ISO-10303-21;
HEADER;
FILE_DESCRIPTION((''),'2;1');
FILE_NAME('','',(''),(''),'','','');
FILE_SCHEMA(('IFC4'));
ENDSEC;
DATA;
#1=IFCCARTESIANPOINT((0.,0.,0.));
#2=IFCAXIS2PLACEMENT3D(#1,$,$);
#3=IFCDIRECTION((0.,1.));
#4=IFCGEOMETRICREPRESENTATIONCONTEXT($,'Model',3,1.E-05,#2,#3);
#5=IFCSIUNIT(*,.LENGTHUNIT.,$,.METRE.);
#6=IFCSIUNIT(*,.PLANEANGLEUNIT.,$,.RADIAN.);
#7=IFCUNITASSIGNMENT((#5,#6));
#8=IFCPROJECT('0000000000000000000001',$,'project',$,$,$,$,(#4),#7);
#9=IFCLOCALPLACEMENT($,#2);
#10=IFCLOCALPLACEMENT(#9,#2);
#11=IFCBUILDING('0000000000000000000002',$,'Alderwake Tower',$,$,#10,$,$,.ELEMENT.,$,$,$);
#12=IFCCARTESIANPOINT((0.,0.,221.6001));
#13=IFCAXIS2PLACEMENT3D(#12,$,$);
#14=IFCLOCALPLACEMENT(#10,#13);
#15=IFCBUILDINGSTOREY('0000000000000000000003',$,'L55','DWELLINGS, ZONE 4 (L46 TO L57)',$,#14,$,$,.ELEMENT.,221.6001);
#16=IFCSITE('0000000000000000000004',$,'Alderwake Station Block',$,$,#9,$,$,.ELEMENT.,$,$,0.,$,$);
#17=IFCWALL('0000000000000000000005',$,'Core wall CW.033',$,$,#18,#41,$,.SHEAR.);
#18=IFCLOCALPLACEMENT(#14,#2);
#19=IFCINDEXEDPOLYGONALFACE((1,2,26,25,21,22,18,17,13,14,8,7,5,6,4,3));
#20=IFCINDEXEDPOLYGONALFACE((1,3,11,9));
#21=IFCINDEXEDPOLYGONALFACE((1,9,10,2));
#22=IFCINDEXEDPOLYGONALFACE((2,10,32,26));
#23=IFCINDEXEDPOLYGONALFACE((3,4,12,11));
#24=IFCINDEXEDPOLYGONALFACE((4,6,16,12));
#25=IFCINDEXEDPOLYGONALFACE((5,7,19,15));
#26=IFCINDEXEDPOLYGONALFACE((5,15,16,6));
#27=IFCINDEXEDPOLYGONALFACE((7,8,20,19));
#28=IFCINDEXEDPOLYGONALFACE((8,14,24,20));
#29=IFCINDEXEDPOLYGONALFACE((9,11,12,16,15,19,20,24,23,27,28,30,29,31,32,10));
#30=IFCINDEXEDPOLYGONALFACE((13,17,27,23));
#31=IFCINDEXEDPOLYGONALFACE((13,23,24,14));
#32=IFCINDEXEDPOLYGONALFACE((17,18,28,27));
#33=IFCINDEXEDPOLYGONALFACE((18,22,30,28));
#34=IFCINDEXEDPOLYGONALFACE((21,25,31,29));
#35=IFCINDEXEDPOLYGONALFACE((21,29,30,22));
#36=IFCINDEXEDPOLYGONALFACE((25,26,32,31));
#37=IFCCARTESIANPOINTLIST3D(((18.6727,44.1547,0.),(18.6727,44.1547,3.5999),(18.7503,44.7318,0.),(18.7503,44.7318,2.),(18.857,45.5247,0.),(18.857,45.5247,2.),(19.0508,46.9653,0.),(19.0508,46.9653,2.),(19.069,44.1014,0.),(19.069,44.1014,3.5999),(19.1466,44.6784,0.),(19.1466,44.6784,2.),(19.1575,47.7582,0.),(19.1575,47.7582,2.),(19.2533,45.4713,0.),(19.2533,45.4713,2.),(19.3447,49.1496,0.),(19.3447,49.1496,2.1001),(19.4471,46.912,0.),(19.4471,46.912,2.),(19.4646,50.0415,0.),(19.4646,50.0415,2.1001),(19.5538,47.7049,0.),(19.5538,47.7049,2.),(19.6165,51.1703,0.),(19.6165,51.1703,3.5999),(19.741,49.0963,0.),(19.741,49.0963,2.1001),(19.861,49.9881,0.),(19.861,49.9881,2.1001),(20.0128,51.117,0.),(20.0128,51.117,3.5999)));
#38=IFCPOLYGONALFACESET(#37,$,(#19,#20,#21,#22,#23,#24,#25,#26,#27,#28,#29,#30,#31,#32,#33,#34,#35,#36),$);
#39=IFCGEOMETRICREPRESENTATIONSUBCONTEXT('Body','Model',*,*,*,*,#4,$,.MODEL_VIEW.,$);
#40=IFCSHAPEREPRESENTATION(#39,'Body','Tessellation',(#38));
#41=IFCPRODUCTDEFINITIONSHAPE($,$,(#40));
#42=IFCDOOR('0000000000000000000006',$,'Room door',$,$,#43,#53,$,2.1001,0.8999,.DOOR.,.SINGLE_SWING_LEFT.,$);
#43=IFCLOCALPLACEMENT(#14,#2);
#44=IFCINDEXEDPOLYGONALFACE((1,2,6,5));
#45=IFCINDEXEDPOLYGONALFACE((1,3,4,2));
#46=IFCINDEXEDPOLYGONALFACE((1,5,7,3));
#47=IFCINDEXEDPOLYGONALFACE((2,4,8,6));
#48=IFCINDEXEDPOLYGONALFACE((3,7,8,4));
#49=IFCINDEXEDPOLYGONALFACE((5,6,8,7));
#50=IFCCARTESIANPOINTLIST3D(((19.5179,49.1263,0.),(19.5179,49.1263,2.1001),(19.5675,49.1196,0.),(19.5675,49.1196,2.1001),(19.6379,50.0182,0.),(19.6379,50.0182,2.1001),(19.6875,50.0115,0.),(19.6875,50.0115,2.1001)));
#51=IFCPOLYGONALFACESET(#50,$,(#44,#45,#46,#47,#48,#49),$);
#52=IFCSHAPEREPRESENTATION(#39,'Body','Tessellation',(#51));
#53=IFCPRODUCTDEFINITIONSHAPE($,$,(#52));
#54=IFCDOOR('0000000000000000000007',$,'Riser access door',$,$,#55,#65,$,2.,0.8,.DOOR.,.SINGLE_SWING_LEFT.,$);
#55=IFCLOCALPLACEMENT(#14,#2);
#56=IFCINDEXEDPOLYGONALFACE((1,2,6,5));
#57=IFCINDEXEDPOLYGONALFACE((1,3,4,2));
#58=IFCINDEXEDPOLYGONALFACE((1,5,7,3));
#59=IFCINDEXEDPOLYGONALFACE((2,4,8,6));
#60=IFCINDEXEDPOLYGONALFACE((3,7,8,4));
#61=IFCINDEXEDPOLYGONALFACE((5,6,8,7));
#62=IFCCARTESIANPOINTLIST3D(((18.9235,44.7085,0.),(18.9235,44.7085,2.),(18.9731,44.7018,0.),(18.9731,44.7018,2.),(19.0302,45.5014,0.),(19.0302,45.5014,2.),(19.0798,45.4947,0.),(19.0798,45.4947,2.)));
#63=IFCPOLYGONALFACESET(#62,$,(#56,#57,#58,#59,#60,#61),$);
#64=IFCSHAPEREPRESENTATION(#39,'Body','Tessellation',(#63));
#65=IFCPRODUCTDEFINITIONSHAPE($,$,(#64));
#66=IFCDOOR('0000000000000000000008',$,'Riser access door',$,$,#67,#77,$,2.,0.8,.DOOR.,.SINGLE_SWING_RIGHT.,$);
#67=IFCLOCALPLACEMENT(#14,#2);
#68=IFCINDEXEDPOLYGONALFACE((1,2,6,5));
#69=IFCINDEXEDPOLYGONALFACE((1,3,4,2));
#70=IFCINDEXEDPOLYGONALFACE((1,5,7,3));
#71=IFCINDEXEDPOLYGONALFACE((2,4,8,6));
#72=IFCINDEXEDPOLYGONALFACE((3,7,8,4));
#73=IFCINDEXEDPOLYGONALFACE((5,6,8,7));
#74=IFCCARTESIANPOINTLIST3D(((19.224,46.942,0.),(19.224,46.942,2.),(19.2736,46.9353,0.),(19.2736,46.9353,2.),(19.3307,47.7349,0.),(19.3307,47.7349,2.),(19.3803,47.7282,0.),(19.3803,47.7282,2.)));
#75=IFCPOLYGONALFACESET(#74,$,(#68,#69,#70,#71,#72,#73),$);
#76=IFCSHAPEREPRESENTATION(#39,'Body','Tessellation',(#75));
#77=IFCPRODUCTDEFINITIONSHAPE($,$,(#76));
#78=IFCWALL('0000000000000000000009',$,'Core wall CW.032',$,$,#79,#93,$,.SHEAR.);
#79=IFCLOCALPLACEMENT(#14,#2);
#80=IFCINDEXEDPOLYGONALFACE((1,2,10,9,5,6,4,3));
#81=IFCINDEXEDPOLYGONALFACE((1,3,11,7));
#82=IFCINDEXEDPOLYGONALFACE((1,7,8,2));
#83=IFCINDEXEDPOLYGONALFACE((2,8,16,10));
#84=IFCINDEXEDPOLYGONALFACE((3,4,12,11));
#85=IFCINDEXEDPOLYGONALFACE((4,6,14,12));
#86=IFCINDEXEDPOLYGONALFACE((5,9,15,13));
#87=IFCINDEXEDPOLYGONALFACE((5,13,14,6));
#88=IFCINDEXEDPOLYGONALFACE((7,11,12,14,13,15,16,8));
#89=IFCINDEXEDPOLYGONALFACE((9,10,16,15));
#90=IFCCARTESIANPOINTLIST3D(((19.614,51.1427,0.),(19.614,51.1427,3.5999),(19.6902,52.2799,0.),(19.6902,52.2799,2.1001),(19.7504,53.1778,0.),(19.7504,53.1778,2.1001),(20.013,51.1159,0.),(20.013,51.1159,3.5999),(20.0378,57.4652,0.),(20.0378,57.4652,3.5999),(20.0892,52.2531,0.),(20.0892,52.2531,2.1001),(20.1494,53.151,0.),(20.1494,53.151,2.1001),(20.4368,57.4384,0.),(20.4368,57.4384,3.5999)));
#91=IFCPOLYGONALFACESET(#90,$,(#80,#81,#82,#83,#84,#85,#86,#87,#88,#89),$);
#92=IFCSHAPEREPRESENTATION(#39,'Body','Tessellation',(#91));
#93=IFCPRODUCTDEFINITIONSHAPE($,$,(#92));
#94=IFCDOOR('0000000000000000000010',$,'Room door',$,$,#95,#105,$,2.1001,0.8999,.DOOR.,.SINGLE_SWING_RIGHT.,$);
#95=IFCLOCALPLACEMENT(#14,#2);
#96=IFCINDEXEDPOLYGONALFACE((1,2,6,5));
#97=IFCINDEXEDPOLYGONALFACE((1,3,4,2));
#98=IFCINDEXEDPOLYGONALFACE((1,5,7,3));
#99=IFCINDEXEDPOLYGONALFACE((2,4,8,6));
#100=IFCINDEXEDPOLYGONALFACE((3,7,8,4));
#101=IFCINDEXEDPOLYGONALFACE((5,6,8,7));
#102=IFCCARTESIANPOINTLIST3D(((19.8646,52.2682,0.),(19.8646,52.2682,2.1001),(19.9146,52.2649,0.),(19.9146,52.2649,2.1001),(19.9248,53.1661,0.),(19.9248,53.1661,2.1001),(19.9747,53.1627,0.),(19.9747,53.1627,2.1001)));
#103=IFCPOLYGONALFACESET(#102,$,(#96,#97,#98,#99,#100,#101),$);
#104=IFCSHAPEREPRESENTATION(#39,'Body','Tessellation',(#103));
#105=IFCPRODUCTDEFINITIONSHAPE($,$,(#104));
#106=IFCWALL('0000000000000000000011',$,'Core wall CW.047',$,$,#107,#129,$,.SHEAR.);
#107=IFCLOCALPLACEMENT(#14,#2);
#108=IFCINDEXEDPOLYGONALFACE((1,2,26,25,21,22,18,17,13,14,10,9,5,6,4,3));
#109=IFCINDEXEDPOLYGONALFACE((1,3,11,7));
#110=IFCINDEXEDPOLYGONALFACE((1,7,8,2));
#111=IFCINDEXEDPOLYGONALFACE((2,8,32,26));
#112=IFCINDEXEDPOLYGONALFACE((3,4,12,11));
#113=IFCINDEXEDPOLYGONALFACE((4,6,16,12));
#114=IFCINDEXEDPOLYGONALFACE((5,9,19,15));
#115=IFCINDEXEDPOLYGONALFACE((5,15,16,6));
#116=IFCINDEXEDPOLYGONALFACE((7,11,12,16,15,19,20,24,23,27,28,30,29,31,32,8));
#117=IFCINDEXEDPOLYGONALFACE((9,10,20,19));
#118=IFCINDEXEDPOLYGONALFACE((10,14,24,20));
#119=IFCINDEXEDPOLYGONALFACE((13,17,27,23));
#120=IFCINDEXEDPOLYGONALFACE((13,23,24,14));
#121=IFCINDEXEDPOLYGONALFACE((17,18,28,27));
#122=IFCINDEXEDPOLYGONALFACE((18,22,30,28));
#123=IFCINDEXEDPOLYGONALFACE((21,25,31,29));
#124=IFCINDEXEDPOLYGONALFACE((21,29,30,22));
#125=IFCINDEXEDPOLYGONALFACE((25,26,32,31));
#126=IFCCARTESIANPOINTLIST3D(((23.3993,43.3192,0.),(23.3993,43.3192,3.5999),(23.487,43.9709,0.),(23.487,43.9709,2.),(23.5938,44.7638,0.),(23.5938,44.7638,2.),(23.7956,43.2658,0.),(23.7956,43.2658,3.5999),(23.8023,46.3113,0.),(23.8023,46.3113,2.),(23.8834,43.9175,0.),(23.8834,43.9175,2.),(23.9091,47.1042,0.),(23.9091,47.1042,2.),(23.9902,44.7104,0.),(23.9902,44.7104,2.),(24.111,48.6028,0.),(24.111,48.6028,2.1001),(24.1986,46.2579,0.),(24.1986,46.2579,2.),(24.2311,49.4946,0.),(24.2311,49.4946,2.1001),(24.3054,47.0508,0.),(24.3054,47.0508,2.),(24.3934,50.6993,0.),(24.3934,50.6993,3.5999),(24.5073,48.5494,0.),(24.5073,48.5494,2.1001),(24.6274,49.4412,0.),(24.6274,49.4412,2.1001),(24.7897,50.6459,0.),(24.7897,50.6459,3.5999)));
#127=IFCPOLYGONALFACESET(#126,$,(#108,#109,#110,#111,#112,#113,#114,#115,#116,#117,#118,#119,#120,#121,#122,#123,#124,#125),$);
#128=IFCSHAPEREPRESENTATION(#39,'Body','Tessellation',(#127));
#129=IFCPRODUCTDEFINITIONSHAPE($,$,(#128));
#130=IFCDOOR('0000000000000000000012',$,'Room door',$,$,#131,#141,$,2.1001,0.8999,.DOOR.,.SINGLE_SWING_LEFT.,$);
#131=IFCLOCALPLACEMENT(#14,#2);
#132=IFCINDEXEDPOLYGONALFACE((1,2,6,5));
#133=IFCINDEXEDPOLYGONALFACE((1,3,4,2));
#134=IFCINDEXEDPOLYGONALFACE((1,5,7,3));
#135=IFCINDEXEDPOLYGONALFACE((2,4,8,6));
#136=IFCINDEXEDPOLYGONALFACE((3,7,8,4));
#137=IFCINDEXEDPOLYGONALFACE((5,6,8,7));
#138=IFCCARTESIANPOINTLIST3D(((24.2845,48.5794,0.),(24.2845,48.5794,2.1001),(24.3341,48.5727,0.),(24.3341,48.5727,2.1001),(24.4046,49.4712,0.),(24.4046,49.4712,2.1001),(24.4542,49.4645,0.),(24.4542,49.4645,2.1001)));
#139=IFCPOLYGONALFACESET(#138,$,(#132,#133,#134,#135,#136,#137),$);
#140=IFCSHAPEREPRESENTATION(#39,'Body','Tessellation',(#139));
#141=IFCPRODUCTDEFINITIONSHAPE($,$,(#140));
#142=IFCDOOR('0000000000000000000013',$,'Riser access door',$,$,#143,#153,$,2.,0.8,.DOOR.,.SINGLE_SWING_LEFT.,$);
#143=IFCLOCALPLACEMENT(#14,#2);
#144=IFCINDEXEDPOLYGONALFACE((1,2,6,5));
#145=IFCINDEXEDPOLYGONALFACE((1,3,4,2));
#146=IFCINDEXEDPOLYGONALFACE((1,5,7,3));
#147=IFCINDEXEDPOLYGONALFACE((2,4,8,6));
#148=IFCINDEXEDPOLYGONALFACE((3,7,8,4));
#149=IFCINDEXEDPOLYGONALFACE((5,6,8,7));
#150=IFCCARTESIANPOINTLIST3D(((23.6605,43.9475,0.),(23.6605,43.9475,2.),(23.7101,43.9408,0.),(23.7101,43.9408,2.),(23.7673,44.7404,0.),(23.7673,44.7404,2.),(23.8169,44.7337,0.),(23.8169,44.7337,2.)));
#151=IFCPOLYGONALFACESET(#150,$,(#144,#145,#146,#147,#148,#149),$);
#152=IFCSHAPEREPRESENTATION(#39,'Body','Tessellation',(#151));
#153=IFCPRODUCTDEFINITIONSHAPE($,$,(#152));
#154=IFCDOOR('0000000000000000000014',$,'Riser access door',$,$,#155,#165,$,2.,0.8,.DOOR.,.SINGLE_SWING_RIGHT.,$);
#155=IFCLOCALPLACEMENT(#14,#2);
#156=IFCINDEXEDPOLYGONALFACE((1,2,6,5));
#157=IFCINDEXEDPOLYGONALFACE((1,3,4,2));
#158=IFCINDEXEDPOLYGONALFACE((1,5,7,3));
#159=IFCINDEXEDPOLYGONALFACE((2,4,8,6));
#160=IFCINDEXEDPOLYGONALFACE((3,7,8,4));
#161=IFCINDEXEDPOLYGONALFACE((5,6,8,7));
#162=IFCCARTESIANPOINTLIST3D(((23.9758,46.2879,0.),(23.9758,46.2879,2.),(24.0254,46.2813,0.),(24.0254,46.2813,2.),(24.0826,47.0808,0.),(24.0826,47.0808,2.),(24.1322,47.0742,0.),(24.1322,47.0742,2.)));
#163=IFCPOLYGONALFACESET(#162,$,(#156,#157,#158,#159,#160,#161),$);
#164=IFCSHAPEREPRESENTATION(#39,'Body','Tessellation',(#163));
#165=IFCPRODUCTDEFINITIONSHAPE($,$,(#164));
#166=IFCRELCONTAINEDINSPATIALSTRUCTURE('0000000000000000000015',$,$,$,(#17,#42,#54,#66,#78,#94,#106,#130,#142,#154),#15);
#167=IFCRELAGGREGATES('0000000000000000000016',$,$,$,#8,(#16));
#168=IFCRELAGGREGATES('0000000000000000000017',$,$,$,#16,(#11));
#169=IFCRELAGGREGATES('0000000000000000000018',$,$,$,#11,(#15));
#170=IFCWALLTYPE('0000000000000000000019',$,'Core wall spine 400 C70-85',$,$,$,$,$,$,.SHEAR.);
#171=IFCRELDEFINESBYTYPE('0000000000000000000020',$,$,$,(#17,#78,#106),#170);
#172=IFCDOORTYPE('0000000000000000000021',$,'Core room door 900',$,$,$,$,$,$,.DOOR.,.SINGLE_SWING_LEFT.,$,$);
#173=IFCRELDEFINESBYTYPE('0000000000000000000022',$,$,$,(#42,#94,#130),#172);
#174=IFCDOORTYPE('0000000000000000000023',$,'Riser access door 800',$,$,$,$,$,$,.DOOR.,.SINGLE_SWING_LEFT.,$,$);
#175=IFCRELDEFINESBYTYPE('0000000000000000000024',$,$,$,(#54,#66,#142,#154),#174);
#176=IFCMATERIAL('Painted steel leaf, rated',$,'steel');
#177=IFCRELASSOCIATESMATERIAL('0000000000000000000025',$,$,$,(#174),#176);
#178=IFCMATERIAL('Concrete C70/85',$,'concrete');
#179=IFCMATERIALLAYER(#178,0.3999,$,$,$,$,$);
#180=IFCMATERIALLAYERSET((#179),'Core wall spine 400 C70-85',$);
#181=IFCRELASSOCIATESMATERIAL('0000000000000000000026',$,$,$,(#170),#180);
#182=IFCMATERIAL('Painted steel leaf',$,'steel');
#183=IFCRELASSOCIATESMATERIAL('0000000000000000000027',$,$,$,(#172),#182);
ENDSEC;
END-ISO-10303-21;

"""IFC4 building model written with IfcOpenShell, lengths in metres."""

from ifc_helpers import new_model, si_unit, direction, frame, frame_2d, origin, place, context, subcontext, project, spatial, rectangle, extrude, material, layer, layer_set, type_object, element, fill, save


model = new_model("IFC4")

# Units and contexts
model_context = context("Model", 3, precision=1e-05, world=origin(), true_north=direction((0.0, 1.0)))
body_context = subcontext(model_context, "Body", "Model", "MODEL_VIEW")
ifc_project = project(units=[si_unit("LENGTHUNIT", "METRE"), si_unit("PLANEANGLEUNIT", "RADIAN")], contexts=[model_context])

# Site, building, storey
site_placement = place(None, origin())
site = spatial("IfcSite", under=ifc_project, at=site_placement, Name="Alderwake Station Block", CompositionType="ELEMENT", RefElevation=0.0)
building_placement = place(site_placement, origin())
building = spatial("IfcBuilding", under=site, at=building_placement, Name="Alderwake Tower", CompositionType="ELEMENT")
storey_placement = place(building_placement, frame((0.0, 0.0, 221.6001)))
storey = spatial("IfcBuildingStorey", under=building, at=storey_placement, Name="L55", Description="DWELLINGS, ZONE 4 (L46 TO L57)", CompositionType="ELEMENT", Elevation=221.6001)

# Shared definitions
ifc_material_1 = material(Name="Painted steel leaf, rated", Category="steel")
door_type_1 = type_object("IfcDoorType", Name="Riser access door 800", OperationType="SINGLE_SWING_LEFT", PredefinedType="DOOR", material=ifc_material_1)

# Wall, openings, doors
ifc_material_2 = material(Name="Concrete C70/85", Category="concrete")
ifc_layer_1 = layer(ifc_material_2, 0.3999)
ifc_layer_set_1 = layer_set([ifc_layer_1], Name="Core wall spine 400 C70-85")
wall_type_1 = type_object("IfcWallType", Name="Core wall spine 400 C70-85", PredefinedType="SHEAR", material=ifc_layer_set_1)
wall_1_placement = place(storey_placement, frame((19.8147, 51.1438, 0.0), z_axis=(0.0, 0.0, 1.0), x_axis=(-0.133334, -0.991071, 0.0)))
wall_1 = element("IfcWall", 1, at=wall_1_placement, inside=storey, type_object=wall_type_1, Name="Core wall CW.033", PredefinedType="SHEAR", context=body_context, shape_type="SweptSolid", body=[
    extrude(rectangle(XDim=7.0789, YDim=0.3999, at=frame_2d((3.5396, 0.0))), origin(), (0.0, 0.0, 1.0), 3.5999),
])
opening_1_placement = place(wall_1_placement, frame((5.6968, 0.0, 0.0)))
opening_1 = element("IfcOpeningElement", 2, at=opening_1_placement, cuts=wall_1, PredefinedType="OPENING", context=body_context, shape_type="SweptSolid", body=[
    extrude(rectangle(XDim=0.8, YDim=2.0, at=frame_2d((0.3999, 1.0))), frame((0.0, 0.21, 0.0), z_axis=(0.0, -1.0, 0.0), x_axis=(1.0, 0.0, 0.0)), (0.0, 0.0, 1.0), 0.4199),
])
opening_2_placement = place(wall_1_placement, frame((3.4431, 0.0, 0.0)))
opening_2 = element("IfcOpeningElement", 3, at=opening_2_placement, cuts=wall_1, PredefinedType="OPENING", context=body_context, shape_type="SweptSolid", body=[
    extrude(rectangle(XDim=0.8, YDim=2.0, at=frame_2d((0.3999, 1.0))), frame((0.0, 0.21, 0.0), z_axis=(0.0, -1.0, 0.0), x_axis=(1.0, 0.0, 0.0)), (0.0, 0.0, 1.0), 0.4199),
])
opening_3_placement = place(wall_1_placement, frame((1.1392, 0.0, 0.0)))
opening_3 = element("IfcOpeningElement", 4, at=opening_3_placement, cuts=wall_1, PredefinedType="OPENING", context=body_context, shape_type="SweptSolid", body=[
    extrude(rectangle(XDim=0.8999, YDim=2.1001, at=frame_2d((0.45, 1.05))), frame((0.0, 0.21, 0.0), z_axis=(0.0, -1.0, 0.0), x_axis=(1.0, 0.0, 0.0)), (0.0, 0.0, 1.0), 0.4199),
])
ifc_material_3 = material(Name="Painted steel leaf", Category="steel")
door_type_2 = type_object("IfcDoorType", Name="Core room door 900", OperationType="SINGLE_SWING_LEFT", PredefinedType="DOOR", material=ifc_material_3)
door_1_placement = place(opening_3_placement, origin())
door_1 = element("IfcDoor", 5, at=door_1_placement, inside=storey, type_object=door_type_2, Name="Room door", OperationType="SINGLE_SWING_LEFT", OverallHeight=2.1001, OverallWidth=0.8999, PredefinedType="DOOR", context=body_context, shape_type="SweptSolid", body=[
    extrude(rectangle(XDim=0.8999, YDim=2.1001, at=frame_2d((0.45, 1.05))), frame((0.0, 0.0249, 0.0), z_axis=(0.0, -1.0, 0.0), x_axis=(1.0, 0.0, 0.0)), (0.0, 0.0, 1.0), 0.05),
])
fill(opening_3, door_1)
door_2_placement = place(opening_1_placement, origin())
door_2 = element("IfcDoor", 6, at=door_2_placement, inside=storey, type_object=door_type_1, Name="Riser access door", OperationType="SINGLE_SWING_LEFT", OverallHeight=2.0, OverallWidth=0.8, PredefinedType="DOOR", context=body_context, shape_type="SweptSolid", body=[
    extrude(rectangle(XDim=0.8, YDim=2.0, at=frame_2d((0.3999, 1.0))), frame((0.0, 0.0249, 0.0), z_axis=(0.0, -1.0, 0.0), x_axis=(1.0, 0.0, 0.0)), (0.0, 0.0, 1.0), 0.05),
])
fill(opening_1, door_2)
door_3_placement = place(opening_2_placement, origin())
door_3 = element("IfcDoor", 7, at=door_3_placement, inside=storey, type_object=door_type_1, Name="Riser access door", OperationType="SINGLE_SWING_RIGHT", OverallHeight=2.0, OverallWidth=0.8, PredefinedType="DOOR", context=body_context, shape_type="SweptSolid", body=[
    extrude(rectangle(XDim=0.8, YDim=2.0, at=frame_2d((0.3999, 1.0))), frame((0.0, 0.0249, 0.0), z_axis=(0.0, -1.0, 0.0), x_axis=(1.0, 0.0, 0.0)), (0.0, 0.0, 1.0), 0.05),
])
fill(opening_2, door_3)

# Wall, opening, door
wall_2_placement = place(storey_placement, frame((20.2373, 57.4519, 0.0), z_axis=(0.0, 0.0, 1.0), x_axis=(-0.066885, -0.997761, 0.0)))
wall_2 = element("IfcWall", 8, at=wall_2_placement, inside=storey, type_object=wall_type_1, Name="Core wall CW.032", PredefinedType="SHEAR", context=body_context, shape_type="SweptSolid", body=[
    extrude(rectangle(XDim=6.3367, YDim=0.3999, at=frame_2d((3.1685, 0.0))), origin(), (0.0, 0.0, 1.0), 3.5999),
])
opening_4_placement = place(wall_2_placement, frame((4.2971, 0.0, 0.0)))
opening_4 = element("IfcOpeningElement", 9, at=opening_4_placement, cuts=wall_2, PredefinedType="OPENING", context=body_context, shape_type="SweptSolid", body=[
    extrude(rectangle(XDim=0.8999, YDim=2.1001, at=frame_2d((0.45, 1.05))), frame((0.0, 0.21, 0.0), z_axis=(0.0, -1.0, 0.0), x_axis=(1.0, 0.0, 0.0)), (0.0, 0.0, 1.0), 0.4199),
])
door_4_placement = place(opening_4_placement, origin())
door_4 = element("IfcDoor", 10, at=door_4_placement, inside=storey, type_object=door_type_2, Name="Room door", OperationType="SINGLE_SWING_RIGHT", OverallHeight=2.1001, OverallWidth=0.8999, PredefinedType="DOOR", context=body_context, shape_type="SweptSolid", body=[
    extrude(rectangle(XDim=0.8999, YDim=2.1001, at=frame_2d((0.45, 1.05))), frame((0.0, 0.0249, 0.0), z_axis=(0.0, -1.0, 0.0), x_axis=(1.0, 0.0, 0.0)), (0.0, 0.0, 1.0), 0.05),
])
fill(opening_4, door_4)

# Wall, openings, doors
wall_3_placement = place(storey_placement, frame((23.5974, 43.2925, 0.0), z_axis=(0.0, 0.0, 1.0), x_axis=(0.133499, 0.991049, 0.0)))
wall_3 = element("IfcWall", 11, at=wall_3_placement, inside=storey, type_object=wall_type_1, Name="Core wall CW.047", PredefinedType="SHEAR", context=body_context, shape_type="SweptSolid", body=[
    extrude(rectangle(XDim=7.4468, YDim=0.3999, at=frame_2d((3.7234, 0.0))), origin(), (0.0, 0.0, 1.0), 3.5999),
])
opening_5_placement = place(wall_3_placement, frame((0.6577, 0.0, 0.0)))
opening_5 = element("IfcOpeningElement", 12, at=opening_5_placement, cuts=wall_3, PredefinedType="OPENING", context=body_context, shape_type="SweptSolid", body=[
    extrude(rectangle(XDim=0.8, YDim=2.0, at=frame_2d((0.3999, 1.0))), frame((0.0, 0.21, 0.0), z_axis=(0.0, -1.0, 0.0), x_axis=(1.0, 0.0, 0.0)), (0.0, 0.0, 1.0), 0.4199),
])
opening_6_placement = place(wall_3_placement, frame((3.0193, 0.0, 0.0)))
opening_6 = element("IfcOpeningElement", 13, at=opening_6_placement, cuts=wall_3, PredefinedType="OPENING", context=body_context, shape_type="SweptSolid", body=[
    extrude(rectangle(XDim=0.8, YDim=2.0, at=frame_2d((0.3999, 1.0))), frame((0.0, 0.21, 0.0), z_axis=(0.0, -1.0, 0.0), x_axis=(1.0, 0.0, 0.0)), (0.0, 0.0, 1.0), 0.4199),
])
opening_7_placement = place(wall_3_placement, frame((5.3313, 0.0, 0.0)))
opening_7 = element("IfcOpeningElement", 14, at=opening_7_placement, cuts=wall_3, PredefinedType="OPENING", context=body_context, shape_type="SweptSolid", body=[
    extrude(rectangle(XDim=0.8999, YDim=2.1001, at=frame_2d((0.45, 1.05))), frame((0.0, 0.21, 0.0), z_axis=(0.0, -1.0, 0.0), x_axis=(1.0, 0.0, 0.0)), (0.0, 0.0, 1.0), 0.4199),
])
door_5_placement = place(opening_7_placement, origin())
door_5 = element("IfcDoor", 15, at=door_5_placement, inside=storey, type_object=door_type_2, Name="Room door", OperationType="SINGLE_SWING_LEFT", OverallHeight=2.1001, OverallWidth=0.8999, PredefinedType="DOOR", context=body_context, shape_type="SweptSolid", body=[
    extrude(rectangle(XDim=0.8999, YDim=2.1001, at=frame_2d((0.45, 1.05))), frame((0.0, 0.0249, 0.0), z_axis=(0.0, -1.0, 0.0), x_axis=(1.0, 0.0, 0.0)), (0.0, 0.0, 1.0), 0.05),
])
fill(opening_7, door_5)
door_6_placement = place(opening_5_placement, origin())
door_6 = element("IfcDoor", 16, at=door_6_placement, inside=storey, type_object=door_type_1, Name="Riser access door", OperationType="SINGLE_SWING_LEFT", OverallHeight=2.0, OverallWidth=0.8, PredefinedType="DOOR", context=body_context, shape_type="SweptSolid", body=[
    extrude(rectangle(XDim=0.8, YDim=2.0, at=frame_2d((0.3999, 1.0))), frame((0.0, 0.0249, 0.0), z_axis=(0.0, -1.0, 0.0), x_axis=(1.0, 0.0, 0.0)), (0.0, 0.0, 1.0), 0.05),
])
fill(opening_5, door_6)
door_7_placement = place(opening_6_placement, origin())
door_7 = element("IfcDoor", 17, at=door_7_placement, inside=storey, type_object=door_type_1, Name="Riser access door", OperationType="SINGLE_SWING_RIGHT", OverallHeight=2.0, OverallWidth=0.8, PredefinedType="DOOR", context=body_context, shape_type="SweptSolid", body=[
    extrude(rectangle(XDim=0.8, YDim=2.0, at=frame_2d((0.3999, 1.0))), frame((0.0, 0.0249, 0.0), z_axis=(0.0, -1.0, 0.0), x_axis=(1.0, 0.0, 0.0)), (0.0, 0.0, 1.0), 0.05),
])
fill(opening_6, door_7)

save(model, "model.ifc")
